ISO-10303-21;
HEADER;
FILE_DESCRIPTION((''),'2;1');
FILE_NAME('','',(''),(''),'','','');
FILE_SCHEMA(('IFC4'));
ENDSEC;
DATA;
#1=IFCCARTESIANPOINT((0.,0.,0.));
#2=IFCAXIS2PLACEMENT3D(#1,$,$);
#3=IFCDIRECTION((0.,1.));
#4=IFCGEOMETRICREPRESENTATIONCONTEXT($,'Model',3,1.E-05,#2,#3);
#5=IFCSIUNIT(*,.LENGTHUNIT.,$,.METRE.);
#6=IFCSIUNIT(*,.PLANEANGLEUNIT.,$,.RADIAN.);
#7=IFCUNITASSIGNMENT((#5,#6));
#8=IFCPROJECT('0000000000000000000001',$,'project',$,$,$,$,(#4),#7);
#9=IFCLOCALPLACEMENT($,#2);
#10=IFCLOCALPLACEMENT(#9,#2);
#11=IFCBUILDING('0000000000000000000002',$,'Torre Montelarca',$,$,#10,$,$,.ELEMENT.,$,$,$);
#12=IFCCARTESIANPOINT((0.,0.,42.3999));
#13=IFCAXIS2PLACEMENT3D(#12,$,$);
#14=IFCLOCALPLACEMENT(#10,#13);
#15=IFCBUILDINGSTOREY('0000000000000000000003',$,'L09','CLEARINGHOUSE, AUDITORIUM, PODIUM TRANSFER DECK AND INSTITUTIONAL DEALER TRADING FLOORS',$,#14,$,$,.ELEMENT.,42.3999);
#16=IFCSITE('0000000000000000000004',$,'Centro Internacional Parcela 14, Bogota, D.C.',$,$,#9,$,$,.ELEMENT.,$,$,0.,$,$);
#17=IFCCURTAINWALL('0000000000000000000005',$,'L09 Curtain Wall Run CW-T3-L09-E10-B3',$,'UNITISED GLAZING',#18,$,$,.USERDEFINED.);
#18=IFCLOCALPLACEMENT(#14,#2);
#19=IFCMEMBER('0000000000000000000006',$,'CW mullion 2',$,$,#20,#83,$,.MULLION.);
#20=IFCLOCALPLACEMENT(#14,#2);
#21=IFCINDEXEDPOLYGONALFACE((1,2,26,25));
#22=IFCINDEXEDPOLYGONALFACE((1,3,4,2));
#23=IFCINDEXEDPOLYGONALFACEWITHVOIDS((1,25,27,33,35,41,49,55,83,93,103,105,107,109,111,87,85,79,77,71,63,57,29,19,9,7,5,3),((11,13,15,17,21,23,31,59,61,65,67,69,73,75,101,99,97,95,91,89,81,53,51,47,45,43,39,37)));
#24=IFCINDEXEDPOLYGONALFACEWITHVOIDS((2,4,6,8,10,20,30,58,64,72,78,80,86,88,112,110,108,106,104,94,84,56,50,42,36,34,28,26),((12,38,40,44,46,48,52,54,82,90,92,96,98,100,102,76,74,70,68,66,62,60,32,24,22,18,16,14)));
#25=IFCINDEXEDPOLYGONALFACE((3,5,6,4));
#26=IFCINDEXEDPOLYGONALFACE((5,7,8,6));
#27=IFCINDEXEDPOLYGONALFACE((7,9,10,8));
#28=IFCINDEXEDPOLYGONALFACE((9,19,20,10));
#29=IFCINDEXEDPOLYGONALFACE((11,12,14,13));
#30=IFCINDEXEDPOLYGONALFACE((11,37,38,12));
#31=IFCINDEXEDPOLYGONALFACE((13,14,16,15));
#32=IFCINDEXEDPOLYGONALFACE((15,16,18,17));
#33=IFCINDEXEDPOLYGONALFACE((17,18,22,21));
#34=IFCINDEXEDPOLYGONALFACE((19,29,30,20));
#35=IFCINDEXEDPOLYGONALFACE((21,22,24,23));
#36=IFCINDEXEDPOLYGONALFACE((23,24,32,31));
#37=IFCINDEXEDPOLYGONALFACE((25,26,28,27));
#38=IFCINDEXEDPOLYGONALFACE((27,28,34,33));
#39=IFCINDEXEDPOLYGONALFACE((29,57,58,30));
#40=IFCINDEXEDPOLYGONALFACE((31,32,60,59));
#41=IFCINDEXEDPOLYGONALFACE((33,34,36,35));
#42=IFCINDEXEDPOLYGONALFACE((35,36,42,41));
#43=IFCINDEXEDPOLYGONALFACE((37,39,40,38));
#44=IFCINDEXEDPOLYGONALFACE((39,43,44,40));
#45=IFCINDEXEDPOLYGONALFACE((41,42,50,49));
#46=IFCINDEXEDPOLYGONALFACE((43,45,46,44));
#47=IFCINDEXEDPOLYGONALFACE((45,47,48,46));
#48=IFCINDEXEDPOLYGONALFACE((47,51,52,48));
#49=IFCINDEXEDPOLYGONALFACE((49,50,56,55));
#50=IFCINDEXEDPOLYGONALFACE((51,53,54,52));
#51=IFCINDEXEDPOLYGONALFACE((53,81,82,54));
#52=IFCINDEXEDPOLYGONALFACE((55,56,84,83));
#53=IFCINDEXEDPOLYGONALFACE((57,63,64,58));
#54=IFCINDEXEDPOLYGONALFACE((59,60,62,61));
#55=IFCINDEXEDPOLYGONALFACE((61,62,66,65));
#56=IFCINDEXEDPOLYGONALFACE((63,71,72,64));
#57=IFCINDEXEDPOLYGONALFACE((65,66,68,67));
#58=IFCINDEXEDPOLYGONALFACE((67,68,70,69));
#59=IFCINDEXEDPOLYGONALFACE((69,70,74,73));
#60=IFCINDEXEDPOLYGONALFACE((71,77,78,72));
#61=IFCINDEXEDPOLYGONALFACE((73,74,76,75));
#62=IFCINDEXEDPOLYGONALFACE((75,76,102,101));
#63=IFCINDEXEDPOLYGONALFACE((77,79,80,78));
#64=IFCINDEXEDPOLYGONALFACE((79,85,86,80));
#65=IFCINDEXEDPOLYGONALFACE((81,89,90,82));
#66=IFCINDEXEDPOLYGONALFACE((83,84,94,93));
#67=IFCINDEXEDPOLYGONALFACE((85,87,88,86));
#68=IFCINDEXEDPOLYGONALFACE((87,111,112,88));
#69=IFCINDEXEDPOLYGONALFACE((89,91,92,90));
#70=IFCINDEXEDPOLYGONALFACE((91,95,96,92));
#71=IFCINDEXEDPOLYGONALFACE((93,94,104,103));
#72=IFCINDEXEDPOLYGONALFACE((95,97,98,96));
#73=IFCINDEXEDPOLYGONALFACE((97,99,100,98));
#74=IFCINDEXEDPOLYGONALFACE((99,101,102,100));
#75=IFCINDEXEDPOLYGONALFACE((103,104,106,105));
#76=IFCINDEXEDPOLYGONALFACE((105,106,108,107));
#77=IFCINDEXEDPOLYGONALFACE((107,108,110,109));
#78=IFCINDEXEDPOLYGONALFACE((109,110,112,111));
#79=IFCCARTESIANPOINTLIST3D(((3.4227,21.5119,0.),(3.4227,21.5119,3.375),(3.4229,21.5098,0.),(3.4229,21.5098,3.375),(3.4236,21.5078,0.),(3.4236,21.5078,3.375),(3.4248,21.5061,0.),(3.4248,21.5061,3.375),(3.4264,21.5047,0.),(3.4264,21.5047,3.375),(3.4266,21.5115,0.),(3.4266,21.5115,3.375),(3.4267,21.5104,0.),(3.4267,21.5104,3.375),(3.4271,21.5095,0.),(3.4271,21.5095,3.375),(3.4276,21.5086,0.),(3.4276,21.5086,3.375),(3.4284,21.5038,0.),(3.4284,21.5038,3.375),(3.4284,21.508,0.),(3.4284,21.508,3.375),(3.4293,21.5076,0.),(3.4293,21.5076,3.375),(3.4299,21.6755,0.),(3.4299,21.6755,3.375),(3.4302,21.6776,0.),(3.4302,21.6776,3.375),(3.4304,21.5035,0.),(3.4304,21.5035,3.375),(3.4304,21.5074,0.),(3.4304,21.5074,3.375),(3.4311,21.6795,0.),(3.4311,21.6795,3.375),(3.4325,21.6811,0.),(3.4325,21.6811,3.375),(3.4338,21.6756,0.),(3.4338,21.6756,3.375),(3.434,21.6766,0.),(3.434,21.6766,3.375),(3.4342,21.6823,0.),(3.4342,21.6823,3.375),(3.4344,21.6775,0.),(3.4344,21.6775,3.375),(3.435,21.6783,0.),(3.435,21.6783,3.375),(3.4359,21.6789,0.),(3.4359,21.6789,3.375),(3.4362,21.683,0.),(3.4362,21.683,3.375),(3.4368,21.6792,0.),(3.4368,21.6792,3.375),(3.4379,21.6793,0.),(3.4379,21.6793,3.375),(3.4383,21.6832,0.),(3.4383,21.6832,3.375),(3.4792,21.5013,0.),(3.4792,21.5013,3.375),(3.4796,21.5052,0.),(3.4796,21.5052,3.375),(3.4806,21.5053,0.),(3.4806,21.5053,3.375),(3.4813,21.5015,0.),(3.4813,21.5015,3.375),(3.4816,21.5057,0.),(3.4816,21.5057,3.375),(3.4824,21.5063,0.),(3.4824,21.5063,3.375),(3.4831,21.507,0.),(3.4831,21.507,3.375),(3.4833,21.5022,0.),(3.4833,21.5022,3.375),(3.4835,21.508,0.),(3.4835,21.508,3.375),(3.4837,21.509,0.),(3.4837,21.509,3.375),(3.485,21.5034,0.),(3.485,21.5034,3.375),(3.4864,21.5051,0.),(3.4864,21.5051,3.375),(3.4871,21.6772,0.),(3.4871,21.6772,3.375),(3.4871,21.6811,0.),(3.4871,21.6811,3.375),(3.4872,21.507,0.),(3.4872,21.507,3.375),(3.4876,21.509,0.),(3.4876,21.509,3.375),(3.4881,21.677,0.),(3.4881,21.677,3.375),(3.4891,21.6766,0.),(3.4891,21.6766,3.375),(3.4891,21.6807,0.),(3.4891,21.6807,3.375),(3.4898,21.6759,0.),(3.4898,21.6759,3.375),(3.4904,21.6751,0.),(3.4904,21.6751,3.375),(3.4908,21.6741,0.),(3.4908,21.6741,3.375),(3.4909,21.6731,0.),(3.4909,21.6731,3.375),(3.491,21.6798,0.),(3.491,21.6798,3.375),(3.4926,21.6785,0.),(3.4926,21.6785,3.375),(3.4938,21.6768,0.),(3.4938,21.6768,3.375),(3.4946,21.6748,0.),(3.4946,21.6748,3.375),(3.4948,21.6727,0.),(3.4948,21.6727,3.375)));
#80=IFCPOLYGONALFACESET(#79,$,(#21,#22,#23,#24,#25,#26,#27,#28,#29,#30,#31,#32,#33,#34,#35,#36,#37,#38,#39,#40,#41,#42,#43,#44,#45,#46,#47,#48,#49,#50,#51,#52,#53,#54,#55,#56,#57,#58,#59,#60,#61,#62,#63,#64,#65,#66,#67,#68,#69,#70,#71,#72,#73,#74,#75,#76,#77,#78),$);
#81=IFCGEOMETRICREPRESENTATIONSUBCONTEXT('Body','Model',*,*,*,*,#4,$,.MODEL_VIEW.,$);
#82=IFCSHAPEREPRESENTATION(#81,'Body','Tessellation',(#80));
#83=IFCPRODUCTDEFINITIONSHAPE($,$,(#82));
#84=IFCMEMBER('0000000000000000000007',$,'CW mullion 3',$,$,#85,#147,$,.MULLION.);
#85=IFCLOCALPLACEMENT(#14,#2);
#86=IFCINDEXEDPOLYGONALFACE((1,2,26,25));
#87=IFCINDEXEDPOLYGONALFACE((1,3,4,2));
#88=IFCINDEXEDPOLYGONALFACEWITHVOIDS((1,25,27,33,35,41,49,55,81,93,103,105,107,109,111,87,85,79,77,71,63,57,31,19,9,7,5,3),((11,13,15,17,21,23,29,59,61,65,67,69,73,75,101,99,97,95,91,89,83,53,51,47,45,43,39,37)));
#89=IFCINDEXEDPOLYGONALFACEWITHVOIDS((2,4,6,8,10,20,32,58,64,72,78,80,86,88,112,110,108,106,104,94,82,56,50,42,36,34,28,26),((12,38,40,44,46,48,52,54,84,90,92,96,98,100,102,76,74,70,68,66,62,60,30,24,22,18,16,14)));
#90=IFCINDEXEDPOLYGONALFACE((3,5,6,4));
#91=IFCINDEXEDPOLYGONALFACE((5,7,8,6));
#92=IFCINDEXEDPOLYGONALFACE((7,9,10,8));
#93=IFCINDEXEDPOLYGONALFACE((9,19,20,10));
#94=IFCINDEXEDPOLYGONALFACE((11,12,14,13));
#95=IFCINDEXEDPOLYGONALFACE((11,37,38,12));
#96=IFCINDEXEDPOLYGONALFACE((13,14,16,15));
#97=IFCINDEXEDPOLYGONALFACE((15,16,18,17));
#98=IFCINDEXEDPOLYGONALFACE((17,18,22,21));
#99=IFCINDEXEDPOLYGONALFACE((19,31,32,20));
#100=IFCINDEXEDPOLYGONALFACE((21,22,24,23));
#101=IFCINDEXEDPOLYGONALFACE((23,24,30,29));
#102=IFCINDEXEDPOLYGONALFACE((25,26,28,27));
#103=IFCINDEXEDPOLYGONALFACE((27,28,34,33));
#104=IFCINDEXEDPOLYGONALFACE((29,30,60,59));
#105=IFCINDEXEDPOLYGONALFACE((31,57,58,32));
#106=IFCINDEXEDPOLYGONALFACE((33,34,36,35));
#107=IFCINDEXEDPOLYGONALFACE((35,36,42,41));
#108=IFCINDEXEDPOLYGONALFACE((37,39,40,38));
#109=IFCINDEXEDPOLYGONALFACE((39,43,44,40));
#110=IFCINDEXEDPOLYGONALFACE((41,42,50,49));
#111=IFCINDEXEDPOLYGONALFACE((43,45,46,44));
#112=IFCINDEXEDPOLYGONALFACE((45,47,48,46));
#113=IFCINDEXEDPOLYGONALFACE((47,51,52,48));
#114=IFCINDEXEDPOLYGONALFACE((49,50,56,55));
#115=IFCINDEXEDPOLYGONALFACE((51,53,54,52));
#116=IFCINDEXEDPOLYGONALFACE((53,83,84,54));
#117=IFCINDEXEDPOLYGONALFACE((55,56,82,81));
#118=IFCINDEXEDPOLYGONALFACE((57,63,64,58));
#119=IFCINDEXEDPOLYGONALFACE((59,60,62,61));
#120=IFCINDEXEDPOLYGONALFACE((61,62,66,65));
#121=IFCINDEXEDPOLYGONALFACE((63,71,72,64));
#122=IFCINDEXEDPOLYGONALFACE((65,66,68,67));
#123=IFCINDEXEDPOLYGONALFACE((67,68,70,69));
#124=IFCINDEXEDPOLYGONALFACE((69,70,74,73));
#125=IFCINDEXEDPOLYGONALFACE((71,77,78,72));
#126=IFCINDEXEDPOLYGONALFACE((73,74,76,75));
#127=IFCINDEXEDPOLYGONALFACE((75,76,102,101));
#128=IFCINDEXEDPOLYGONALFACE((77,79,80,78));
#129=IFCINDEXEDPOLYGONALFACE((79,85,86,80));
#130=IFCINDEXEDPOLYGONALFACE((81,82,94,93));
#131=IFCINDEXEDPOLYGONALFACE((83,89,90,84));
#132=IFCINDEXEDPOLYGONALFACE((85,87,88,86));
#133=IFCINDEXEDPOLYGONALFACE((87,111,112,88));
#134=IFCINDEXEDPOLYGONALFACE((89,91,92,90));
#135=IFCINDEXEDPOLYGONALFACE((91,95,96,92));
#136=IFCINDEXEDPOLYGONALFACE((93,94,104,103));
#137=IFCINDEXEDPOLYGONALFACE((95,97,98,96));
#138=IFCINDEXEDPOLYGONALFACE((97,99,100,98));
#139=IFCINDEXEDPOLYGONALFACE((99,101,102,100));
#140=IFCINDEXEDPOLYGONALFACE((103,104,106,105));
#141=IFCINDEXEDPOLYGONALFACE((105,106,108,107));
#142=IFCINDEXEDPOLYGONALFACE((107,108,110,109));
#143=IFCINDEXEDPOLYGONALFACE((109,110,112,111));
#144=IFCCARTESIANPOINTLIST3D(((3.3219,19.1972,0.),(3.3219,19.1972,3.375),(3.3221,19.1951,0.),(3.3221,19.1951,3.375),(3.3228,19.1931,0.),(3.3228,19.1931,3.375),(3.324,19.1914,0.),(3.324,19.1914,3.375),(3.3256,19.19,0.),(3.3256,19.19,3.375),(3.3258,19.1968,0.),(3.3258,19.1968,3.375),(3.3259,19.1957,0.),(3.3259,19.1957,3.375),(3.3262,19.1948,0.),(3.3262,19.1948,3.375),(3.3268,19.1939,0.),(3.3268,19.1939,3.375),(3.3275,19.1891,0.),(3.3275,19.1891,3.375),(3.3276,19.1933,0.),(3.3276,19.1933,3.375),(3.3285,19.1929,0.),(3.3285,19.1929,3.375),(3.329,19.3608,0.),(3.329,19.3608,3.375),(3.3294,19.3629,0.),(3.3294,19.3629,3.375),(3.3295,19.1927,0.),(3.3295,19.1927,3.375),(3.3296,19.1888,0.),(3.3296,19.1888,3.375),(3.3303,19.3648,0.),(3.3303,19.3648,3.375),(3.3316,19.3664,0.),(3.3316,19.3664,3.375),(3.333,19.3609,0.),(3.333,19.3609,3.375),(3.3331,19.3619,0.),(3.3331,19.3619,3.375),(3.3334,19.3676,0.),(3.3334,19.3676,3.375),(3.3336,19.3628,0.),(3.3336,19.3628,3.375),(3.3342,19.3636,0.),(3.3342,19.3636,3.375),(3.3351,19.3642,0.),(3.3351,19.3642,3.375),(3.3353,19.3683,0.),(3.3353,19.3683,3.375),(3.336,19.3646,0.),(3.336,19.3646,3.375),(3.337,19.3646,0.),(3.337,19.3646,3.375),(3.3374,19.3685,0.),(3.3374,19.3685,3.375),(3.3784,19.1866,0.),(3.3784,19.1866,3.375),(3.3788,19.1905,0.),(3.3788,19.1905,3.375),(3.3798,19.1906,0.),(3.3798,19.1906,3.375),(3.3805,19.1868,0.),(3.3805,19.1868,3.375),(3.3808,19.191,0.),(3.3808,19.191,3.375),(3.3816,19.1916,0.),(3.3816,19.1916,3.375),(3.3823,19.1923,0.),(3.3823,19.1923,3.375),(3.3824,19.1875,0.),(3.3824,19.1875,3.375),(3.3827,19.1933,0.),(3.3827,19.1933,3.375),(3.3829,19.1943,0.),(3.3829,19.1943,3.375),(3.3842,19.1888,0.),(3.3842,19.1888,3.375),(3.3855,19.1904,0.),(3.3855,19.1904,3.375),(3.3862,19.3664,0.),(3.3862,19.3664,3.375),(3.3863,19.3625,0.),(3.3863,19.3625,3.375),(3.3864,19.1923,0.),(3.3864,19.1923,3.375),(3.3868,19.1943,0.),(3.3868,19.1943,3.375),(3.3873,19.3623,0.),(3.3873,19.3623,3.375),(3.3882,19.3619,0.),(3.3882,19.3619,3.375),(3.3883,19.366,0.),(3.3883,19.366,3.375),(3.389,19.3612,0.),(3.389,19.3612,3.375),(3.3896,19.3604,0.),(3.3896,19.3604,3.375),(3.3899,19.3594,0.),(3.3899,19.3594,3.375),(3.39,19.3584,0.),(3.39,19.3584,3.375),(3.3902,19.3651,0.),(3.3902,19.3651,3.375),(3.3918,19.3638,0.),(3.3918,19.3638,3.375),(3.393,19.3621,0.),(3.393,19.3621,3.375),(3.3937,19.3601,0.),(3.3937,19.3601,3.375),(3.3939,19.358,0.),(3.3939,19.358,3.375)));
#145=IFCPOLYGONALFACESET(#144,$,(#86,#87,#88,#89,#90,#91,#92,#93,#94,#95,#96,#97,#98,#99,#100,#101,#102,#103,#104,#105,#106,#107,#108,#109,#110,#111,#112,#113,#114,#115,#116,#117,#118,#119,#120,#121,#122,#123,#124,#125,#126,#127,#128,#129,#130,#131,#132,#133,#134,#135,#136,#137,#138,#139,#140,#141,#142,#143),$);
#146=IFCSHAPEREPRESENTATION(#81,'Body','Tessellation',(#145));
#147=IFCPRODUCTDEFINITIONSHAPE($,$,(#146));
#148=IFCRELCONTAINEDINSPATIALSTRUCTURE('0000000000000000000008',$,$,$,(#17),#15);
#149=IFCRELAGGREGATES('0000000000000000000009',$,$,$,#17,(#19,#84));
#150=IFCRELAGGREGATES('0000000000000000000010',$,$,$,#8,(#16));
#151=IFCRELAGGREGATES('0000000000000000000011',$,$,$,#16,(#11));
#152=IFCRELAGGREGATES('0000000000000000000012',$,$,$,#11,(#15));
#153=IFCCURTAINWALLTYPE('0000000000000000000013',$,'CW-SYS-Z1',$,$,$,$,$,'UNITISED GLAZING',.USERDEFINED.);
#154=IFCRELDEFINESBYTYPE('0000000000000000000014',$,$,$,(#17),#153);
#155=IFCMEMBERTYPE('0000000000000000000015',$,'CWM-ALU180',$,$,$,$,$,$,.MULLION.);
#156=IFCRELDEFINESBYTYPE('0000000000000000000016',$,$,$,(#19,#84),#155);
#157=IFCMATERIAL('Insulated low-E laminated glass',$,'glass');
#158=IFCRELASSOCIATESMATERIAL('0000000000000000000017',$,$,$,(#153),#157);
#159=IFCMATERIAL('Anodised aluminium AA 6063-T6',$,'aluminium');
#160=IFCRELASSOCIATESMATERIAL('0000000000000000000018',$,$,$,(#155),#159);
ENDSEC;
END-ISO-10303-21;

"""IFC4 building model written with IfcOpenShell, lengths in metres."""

from ifc_helpers import new_model, si_unit, direction, frame, origin, origin_2d, place, context, subcontext, project, spatial, hollow_rectangle, extrude, source, transform, mapped, material, material_profile, profile_set, type_object, element, aggregate, save


model = new_model("IFC4")

# Units and contexts
model_context = context("Model", 3, precision=1e-05, world=origin(), true_north=direction((0.0, 1.0)))
body_context = subcontext(model_context, "Body", "Model", "MODEL_VIEW")
ifc_project = project(units=[si_unit("LENGTHUNIT", "METRE"), si_unit("PLANEANGLEUNIT", "RADIAN")], contexts=[model_context])

# Site, building, storey
site_placement = place(None, origin())
site = spatial("IfcSite", under=ifc_project, at=site_placement, Name="Centro Internacional Parcela 14, Bogota, D.C.", CompositionType="ELEMENT", RefElevation=0.0)
building_placement = place(site_placement, origin())
building = spatial("IfcBuilding", under=site, at=building_placement, Name="Torre Montelarca", CompositionType="ELEMENT")
storey_placement = place(building_placement, frame((0.0, 0.0, 42.3999)))
storey = spatial("IfcBuildingStorey", under=building, at=storey_placement, Name="L09", Description="CLEARINGHOUSE, AUDITORIUM, PODIUM TRANSFER DECK AND INSTITUTIONAL DEALER TRADING FLOORS", CompositionType="ELEMENT", Elevation=42.3999)

# Shared definitions
ifc_material_1 = material(Name="Insulated low-E laminated glass", Category="glass")
curtain_wall_type = type_object("IfcCurtainWallType", Name="CW-SYS-Z1", ElementType="UNITISED GLAZING", PredefinedType="USERDEFINED", material=ifc_material_1)
ifc_material_2 = material(Name="Anodised aluminium AA 6063-T6", Category="aluminium")
ifc_material_profile_1 = material_profile(ifc_material_2, hollow_rectangle(XDim=0.0649, YDim=0.1799, WallThickness=0.0039, InnerFilletRadius=0.0039, OuterFilletRadius=0.0081, at=origin_2d()), Name="ALU65X180X4", Category="aluminium")
ifc_profile_set_1 = profile_set([ifc_material_profile_1], Name="Anodised aluminium AA 6063-T6")
member_type_1 = type_object("IfcMemberType", Name="CWM-ALU180", PredefinedType="MULLION", material=ifc_profile_set_1)
shared_shape_1 = source(origin(), body_context, "Body", "SweptSolid", [
    extrude(hollow_rectangle(XDim=0.0649, YDim=0.1799, WallThickness=0.0039, InnerFilletRadius=0.0039, OuterFilletRadius=0.0081, at=origin_2d()), origin(), (0.0, 0.0, 1.0), 3.375),
])

# Curtain wall, members
curtain_wall_1_placement = place(storey_placement, origin())
curtain_wall_1 = element("IfcCurtainWall", 1, at=curtain_wall_1_placement, inside=storey, type_object=curtain_wall_type, Name="L09 Curtain Wall Run CW-T3-L09-E10-B3", ObjectType="UNITISED GLAZING", PredefinedType="USERDEFINED")
member_1_placement = place(storey_placement, frame((3.4587, 21.5923, 0.0), z_axis=(0.0, 0.0, 1.0), x_axis=(0.999049, -0.043608, 0.0)))
member_1 = element("IfcMember", 2, at=member_1_placement, type_object=member_type_1, Name="CW mullion 2", PredefinedType="MULLION", context=body_context, shape_type="MappedRepresentation", body=[
    mapped(shared_shape_1, transform((0.0, 0.0, 0.0), scale=1.0)),
])
member_2_placement = place(storey_placement, frame((3.3579, 19.2776, 0.0), z_axis=(0.0, 0.0, 1.0), x_axis=(0.999049, -0.043608, 0.0)))
member_2 = element("IfcMember", 3, at=member_2_placement, type_object=member_type_1, Name="CW mullion 3", PredefinedType="MULLION", context=body_context, shape_type="MappedRepresentation", body=[
    mapped(shared_shape_1, transform((0.0, 0.0, 0.0), scale=1.0)),
])

aggregate(curtain_wall_1, [member_1, member_2])

save(model, "model.ifc")
